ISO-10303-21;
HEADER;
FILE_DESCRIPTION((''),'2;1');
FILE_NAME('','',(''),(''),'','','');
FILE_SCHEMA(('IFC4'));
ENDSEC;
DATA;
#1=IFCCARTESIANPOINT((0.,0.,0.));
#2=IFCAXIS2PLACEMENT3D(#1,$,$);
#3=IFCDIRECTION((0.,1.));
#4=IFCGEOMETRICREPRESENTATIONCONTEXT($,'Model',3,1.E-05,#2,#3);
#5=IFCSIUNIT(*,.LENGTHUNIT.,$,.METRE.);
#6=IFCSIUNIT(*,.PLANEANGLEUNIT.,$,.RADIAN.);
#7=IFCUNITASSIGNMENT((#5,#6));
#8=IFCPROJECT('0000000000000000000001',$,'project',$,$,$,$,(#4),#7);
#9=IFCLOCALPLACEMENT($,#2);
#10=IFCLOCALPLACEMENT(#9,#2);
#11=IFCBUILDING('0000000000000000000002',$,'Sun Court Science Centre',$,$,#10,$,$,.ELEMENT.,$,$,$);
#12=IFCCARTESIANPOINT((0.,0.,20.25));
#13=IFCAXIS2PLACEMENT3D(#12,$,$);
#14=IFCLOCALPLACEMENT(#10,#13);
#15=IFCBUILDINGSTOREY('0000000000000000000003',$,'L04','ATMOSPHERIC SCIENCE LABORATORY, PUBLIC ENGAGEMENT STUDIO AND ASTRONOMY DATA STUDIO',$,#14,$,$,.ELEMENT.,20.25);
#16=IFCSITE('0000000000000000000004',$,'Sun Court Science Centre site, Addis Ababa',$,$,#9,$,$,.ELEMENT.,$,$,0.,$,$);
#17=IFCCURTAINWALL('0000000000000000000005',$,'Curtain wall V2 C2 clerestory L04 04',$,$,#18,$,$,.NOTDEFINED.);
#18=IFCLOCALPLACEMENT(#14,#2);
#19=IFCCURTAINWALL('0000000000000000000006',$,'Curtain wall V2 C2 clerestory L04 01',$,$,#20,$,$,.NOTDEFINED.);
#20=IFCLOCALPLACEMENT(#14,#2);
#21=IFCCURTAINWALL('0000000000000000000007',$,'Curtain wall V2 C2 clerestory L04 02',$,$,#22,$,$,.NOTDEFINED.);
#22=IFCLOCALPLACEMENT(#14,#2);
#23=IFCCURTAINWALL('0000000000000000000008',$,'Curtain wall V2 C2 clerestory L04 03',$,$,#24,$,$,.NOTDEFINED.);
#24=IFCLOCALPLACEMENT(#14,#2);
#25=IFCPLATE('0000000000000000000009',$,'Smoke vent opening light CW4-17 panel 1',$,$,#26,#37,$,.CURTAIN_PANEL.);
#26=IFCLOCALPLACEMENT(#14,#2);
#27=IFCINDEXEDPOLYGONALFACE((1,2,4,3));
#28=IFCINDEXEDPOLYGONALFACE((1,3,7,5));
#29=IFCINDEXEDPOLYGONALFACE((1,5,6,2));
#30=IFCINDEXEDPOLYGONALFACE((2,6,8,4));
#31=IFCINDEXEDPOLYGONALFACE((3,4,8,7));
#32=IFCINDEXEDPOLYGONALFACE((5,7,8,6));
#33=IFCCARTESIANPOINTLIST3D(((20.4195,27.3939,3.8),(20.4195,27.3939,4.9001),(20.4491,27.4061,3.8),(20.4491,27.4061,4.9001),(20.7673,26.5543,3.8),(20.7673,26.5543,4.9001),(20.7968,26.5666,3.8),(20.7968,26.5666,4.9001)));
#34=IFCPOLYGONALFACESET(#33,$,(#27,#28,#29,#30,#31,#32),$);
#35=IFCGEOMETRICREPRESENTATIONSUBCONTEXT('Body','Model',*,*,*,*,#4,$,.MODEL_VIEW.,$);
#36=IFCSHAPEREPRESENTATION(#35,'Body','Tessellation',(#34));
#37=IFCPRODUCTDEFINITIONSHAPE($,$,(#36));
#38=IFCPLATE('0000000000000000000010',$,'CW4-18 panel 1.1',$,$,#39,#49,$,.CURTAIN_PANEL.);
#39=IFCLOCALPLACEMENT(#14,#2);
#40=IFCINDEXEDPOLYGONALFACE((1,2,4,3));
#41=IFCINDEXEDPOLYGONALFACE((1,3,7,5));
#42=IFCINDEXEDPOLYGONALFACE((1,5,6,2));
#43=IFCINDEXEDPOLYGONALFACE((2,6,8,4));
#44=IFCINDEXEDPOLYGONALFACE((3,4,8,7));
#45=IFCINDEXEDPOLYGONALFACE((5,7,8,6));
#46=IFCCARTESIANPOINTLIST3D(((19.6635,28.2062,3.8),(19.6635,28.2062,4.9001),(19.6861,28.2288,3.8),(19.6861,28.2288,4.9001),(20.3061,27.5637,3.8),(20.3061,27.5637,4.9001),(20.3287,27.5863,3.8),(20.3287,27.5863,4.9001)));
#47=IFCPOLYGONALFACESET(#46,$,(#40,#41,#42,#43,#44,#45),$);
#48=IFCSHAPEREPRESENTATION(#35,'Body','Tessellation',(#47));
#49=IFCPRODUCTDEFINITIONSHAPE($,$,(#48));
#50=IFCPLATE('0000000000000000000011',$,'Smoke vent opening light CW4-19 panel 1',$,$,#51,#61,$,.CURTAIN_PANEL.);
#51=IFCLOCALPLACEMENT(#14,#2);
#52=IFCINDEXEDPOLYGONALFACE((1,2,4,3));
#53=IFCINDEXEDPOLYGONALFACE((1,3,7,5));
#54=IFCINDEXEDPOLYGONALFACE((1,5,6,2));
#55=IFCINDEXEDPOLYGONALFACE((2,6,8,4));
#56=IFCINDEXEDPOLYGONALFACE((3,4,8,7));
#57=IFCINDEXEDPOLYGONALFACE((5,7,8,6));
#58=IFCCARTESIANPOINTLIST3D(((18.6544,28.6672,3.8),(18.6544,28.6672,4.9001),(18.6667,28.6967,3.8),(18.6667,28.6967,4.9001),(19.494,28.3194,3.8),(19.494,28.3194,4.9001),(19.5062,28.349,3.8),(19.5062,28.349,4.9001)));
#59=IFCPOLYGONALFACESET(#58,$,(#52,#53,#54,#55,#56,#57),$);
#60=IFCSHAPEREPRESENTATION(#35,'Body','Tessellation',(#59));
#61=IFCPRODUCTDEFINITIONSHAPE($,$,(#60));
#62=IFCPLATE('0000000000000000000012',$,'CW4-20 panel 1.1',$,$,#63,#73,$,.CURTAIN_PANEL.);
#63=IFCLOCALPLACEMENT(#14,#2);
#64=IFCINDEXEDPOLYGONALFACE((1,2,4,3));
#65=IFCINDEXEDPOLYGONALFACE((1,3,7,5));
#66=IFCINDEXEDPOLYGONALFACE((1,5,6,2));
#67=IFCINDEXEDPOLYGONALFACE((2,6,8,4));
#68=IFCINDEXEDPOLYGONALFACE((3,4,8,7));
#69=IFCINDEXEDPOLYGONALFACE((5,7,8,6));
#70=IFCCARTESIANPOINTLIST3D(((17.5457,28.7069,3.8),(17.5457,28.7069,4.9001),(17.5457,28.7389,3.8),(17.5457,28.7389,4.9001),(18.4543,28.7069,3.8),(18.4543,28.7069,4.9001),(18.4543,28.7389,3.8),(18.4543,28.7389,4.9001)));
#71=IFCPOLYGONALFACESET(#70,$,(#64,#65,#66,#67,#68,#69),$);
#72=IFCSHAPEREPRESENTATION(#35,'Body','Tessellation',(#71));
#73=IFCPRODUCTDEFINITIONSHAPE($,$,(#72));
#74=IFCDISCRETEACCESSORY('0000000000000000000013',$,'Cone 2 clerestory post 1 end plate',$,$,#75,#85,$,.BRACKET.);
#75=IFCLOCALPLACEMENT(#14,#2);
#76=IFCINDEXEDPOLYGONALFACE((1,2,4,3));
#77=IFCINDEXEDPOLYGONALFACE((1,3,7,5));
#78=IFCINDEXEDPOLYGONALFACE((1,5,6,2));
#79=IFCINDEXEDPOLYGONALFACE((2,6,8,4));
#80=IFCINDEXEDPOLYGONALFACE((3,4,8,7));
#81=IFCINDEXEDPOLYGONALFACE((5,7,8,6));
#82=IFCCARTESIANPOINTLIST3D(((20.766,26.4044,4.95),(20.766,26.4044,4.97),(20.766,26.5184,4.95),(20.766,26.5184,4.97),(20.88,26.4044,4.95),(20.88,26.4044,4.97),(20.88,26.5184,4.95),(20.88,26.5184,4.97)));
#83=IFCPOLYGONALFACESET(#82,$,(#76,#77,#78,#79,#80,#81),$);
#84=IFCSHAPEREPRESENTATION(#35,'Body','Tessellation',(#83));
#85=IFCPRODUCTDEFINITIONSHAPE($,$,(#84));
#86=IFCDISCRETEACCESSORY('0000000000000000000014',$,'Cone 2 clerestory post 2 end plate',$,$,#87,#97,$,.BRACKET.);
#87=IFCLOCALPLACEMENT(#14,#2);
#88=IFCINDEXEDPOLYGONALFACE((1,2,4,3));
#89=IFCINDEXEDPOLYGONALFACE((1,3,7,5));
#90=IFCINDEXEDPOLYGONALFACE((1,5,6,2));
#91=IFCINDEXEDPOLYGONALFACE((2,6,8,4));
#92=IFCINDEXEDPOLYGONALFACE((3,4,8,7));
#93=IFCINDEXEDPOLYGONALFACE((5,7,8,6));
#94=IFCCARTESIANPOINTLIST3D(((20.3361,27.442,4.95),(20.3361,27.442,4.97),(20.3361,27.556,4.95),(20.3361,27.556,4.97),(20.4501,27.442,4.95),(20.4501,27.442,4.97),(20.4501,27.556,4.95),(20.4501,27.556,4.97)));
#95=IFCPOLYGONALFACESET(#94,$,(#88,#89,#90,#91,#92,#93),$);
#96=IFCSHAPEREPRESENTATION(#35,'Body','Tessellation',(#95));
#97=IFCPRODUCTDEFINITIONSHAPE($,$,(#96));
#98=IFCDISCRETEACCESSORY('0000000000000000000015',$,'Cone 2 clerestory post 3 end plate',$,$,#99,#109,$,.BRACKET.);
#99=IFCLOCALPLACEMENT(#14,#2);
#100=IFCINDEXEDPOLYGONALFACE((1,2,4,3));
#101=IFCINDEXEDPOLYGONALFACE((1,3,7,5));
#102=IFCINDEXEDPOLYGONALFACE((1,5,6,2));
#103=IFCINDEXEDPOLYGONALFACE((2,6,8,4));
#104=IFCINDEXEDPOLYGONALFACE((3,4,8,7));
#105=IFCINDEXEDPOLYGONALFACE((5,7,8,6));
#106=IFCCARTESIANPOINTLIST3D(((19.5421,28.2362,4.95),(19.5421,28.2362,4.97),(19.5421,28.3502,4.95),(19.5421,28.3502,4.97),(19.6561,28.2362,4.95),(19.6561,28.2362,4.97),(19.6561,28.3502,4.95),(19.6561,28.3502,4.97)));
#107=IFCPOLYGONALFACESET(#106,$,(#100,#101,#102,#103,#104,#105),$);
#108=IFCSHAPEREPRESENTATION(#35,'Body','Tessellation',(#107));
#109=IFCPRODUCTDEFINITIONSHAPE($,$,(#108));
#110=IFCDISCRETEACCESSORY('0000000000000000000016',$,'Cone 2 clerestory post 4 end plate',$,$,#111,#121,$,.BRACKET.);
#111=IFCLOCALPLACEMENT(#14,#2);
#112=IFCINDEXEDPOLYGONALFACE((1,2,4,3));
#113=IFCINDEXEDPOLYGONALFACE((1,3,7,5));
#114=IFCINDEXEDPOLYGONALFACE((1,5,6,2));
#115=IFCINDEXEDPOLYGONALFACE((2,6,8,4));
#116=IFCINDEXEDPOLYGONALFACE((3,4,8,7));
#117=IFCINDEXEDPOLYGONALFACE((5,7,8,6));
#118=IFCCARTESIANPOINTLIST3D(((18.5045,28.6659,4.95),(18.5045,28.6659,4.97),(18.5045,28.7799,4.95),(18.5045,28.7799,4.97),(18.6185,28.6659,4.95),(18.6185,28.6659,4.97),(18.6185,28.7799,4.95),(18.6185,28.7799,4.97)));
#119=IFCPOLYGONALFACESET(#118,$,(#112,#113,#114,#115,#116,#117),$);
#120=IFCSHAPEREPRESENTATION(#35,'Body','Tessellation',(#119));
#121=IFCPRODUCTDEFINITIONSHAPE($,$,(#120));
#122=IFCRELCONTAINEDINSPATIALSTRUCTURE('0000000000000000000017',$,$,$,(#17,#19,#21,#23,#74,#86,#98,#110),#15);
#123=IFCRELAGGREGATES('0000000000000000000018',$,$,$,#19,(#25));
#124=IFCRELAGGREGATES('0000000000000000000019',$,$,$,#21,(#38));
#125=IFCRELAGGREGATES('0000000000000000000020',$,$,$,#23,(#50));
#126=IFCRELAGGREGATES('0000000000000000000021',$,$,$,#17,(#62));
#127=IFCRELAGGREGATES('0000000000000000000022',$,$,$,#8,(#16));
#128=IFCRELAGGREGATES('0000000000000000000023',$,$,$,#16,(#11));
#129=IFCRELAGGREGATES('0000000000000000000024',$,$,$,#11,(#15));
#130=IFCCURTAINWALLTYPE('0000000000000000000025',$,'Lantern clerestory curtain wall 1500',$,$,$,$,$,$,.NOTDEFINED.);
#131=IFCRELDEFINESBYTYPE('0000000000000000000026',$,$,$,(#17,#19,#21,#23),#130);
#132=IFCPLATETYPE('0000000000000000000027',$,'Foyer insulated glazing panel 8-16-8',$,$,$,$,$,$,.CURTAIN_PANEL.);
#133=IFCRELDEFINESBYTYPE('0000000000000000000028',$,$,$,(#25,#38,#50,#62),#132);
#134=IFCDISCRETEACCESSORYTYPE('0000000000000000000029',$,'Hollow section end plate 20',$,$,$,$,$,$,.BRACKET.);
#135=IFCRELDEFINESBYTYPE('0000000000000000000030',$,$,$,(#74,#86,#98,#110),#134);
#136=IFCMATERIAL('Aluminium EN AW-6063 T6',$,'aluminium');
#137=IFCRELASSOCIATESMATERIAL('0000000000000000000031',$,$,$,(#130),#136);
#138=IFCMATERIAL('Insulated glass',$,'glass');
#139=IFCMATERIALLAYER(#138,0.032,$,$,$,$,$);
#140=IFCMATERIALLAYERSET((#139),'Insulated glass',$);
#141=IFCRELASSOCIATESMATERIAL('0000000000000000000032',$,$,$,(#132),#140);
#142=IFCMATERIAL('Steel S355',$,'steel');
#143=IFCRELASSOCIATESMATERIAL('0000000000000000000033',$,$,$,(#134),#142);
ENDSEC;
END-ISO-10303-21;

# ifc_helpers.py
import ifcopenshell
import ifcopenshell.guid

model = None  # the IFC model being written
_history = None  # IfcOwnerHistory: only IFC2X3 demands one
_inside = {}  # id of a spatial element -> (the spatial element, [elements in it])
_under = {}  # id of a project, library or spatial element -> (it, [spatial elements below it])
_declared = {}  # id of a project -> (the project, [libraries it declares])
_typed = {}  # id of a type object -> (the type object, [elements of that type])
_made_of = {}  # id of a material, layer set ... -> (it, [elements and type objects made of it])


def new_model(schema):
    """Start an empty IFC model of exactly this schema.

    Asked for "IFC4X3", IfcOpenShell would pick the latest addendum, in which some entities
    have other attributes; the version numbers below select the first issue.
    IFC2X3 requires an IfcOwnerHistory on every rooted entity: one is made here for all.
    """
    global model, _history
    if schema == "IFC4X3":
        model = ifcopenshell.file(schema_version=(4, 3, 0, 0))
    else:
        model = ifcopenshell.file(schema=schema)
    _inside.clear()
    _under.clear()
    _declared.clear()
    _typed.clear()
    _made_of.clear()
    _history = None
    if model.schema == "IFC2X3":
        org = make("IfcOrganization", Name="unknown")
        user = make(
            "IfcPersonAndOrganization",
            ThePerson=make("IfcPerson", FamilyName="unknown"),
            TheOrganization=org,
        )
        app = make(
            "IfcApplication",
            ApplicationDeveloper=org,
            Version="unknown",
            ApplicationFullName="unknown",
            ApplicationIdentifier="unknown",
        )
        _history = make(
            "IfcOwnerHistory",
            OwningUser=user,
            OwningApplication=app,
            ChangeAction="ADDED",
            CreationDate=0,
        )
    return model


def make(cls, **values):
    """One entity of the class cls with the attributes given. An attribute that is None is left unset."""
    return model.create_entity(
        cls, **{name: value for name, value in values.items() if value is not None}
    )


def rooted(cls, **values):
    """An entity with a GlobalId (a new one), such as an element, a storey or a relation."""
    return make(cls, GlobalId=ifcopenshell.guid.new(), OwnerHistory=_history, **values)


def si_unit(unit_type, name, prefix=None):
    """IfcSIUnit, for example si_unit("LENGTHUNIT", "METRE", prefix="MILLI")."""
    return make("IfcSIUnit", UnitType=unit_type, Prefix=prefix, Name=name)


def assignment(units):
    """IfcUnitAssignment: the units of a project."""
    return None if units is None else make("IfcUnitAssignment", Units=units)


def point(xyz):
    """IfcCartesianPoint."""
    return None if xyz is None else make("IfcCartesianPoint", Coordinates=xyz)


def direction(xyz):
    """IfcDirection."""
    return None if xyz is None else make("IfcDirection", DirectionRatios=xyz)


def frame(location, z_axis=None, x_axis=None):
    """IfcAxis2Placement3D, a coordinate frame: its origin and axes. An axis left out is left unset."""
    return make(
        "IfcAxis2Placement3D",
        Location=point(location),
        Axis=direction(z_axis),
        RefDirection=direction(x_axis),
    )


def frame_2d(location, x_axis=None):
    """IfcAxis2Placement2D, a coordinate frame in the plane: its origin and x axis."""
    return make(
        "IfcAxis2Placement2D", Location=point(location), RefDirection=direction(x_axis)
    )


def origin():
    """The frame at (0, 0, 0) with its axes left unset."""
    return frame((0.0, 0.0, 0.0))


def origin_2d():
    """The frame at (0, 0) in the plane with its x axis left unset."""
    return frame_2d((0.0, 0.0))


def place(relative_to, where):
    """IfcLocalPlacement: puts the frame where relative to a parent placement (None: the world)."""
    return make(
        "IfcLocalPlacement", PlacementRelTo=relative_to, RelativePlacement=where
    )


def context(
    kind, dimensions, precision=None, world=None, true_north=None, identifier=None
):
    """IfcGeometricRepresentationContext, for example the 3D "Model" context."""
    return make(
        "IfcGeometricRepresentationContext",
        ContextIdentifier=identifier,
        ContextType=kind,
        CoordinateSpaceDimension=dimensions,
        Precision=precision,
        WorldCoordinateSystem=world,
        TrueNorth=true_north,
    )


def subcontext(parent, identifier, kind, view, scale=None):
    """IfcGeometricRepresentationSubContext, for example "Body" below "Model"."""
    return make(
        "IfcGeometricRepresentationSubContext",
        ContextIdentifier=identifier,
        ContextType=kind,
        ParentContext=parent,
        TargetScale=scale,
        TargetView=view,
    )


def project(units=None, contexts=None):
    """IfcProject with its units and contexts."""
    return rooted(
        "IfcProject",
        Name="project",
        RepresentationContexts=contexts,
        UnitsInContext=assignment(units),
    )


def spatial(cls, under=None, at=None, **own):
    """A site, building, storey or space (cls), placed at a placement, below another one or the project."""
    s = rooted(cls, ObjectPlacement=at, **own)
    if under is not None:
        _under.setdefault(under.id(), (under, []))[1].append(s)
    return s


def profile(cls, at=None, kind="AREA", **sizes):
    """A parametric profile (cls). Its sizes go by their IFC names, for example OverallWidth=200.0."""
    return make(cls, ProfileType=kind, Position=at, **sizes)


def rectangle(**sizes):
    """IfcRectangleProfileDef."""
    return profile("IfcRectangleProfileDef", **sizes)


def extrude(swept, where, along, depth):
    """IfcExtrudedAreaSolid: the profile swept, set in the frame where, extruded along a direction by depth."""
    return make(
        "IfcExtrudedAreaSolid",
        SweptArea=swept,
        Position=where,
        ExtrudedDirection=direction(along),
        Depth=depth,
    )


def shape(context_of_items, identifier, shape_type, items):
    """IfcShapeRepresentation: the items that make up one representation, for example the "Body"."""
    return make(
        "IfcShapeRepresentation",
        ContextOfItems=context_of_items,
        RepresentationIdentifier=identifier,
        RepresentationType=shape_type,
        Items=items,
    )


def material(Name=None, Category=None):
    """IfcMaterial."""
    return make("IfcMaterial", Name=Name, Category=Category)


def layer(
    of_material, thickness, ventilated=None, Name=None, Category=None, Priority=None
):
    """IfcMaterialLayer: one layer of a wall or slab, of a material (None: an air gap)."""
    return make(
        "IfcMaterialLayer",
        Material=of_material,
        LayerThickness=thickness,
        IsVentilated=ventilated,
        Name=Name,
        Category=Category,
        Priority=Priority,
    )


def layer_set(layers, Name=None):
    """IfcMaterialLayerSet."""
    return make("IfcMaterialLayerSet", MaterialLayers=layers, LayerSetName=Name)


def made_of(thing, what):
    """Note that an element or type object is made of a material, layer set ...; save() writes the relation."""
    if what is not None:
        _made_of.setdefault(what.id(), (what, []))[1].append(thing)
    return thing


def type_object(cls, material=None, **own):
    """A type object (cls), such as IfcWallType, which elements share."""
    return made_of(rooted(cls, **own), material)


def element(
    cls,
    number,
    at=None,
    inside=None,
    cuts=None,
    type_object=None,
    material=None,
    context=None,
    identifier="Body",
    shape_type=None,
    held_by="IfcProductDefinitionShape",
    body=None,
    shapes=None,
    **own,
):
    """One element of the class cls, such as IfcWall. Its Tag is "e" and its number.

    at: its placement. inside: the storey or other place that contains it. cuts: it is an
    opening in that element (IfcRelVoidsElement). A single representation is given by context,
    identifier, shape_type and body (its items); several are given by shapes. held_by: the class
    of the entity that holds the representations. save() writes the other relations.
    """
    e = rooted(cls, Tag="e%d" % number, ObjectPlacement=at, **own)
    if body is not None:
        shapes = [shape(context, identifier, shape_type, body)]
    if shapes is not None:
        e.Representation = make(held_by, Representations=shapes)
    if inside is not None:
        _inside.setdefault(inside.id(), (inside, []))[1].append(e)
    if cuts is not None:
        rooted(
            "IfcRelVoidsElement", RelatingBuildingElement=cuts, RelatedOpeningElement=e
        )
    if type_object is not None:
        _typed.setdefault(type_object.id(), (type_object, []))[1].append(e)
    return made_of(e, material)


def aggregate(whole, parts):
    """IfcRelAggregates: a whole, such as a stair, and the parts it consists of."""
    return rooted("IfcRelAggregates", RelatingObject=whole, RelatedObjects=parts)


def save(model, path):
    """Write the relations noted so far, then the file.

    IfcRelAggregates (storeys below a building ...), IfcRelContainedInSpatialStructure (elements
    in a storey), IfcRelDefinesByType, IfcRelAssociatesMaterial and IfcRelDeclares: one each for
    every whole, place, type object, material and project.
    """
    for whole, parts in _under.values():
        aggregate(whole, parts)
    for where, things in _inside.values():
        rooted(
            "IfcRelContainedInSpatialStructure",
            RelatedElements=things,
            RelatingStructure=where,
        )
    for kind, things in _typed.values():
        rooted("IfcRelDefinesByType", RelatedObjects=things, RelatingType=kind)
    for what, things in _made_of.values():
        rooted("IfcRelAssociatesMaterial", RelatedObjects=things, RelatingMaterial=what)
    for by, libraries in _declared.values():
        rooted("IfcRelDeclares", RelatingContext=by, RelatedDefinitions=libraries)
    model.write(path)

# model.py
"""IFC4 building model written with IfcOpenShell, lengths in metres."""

from ifc_helpers import new_model, si_unit, direction, frame, origin, origin_2d, place, context, subcontext, project, spatial, rectangle, extrude, material, layer, layer_set, type_object, element, aggregate, save


model = new_model("IFC4")

# Units and contexts
model_context = context("Model", 3, precision=1e-05, world=origin(), true_north=direction((0.0, 1.0)))
body_context = subcontext(model_context, "Body", "Model", "MODEL_VIEW")
ifc_project = project(units=[si_unit("LENGTHUNIT", "METRE"), si_unit("PLANEANGLEUNIT", "RADIAN")], contexts=[model_context])

# Site, building, storey
site_placement = place(None, origin())
site = spatial("IfcSite", under=ifc_project, at=site_placement, Name="Sun Court Science Centre site, Addis Ababa", CompositionType="ELEMENT", RefElevation=0.0)
building_placement = place(site_placement, origin())
building = spatial("IfcBuilding", under=site, at=building_placement, Name="Sun Court Science Centre", CompositionType="ELEMENT")
storey_placement = place(building_placement, frame((0.0, 0.0, 20.25)))
storey = spatial("IfcBuildingStorey", under=building, at=storey_placement, Name="L04", Description="ATMOSPHERIC SCIENCE LABORATORY, PUBLIC ENGAGEMENT STUDIO AND ASTRONOMY DATA STUDIO", CompositionType="ELEMENT", Elevation=20.25)

# Curtain wall
ifc_material_1 = material(Name="Aluminium EN AW-6063 T6", Category="aluminium")
curtain_wall_type = type_object("IfcCurtainWallType", Name="Lantern clerestory curtain wall 1500", PredefinedType="NOTDEFINED", material=ifc_material_1)
curtain_wall_1_placement = place(storey_placement, origin())
curtain_wall_1 = element("IfcCurtainWall", 1, at=curtain_wall_1_placement, inside=storey, type_object=curtain_wall_type, Name="Curtain wall V2 C2 clerestory L04 04", PredefinedType="NOTDEFINED")

# Curtain walls
curtain_wall_2_placement = place(storey_placement, origin())
curtain_wall_2 = element("IfcCurtainWall", 2, at=curtain_wall_2_placement, inside=storey, type_object=curtain_wall_type, Name="Curtain wall V2 C2 clerestory L04 01", PredefinedType="NOTDEFINED")
curtain_wall_3_placement = place(storey_placement, origin())
curtain_wall_3 = element("IfcCurtainWall", 3, at=curtain_wall_3_placement, inside=storey, type_object=curtain_wall_type, Name="Curtain wall V2 C2 clerestory L04 02", PredefinedType="NOTDEFINED")
curtain_wall_4_placement = place(storey_placement, origin())
curtain_wall_4 = element("IfcCurtainWall", 4, at=curtain_wall_4_placement, inside=storey, type_object=curtain_wall_type, Name="Curtain wall V2 C2 clerestory L04 03", PredefinedType="NOTDEFINED")

# Plates
ifc_material_2 = material(Name="Insulated glass", Category="glass")
ifc_layer = layer(ifc_material_2, 0.032)
ifc_layer_set = layer_set([ifc_layer], Name="Insulated glass")
plate_type = type_object("IfcPlateType", Name="Foyer insulated glazing panel 8-16-8", PredefinedType="CURTAIN_PANEL", material=ifc_layer_set)
plate_1_placement = place(storey_placement, frame((20.6082, 26.9802, 3.8), z_axis=(0.0, 0.0, 1.0), x_axis=(0.382683, -0.92388, 0.0)))
plate_1 = element("IfcPlate", 5, at=plate_1_placement, type_object=plate_type, Name="Smoke vent opening light CW4-17 panel 1", PredefinedType="CURTAIN_PANEL", context=body_context, shape_type="SweptSolid", body=[
    extrude(rectangle(XDim=0.9087, YDim=0.032, at=origin_2d()), origin(), (0.0, 0.0, 1.0), 1.1001),
])
aggregate(curtain_wall_2, [plate_1])
plate_2_placement = place(storey_placement, frame((19.9961, 27.8962, 3.8), z_axis=(0.0, 0.0, 1.0), x_axis=(0.707107, -0.707107, 0.0)))
plate_2 = element("IfcPlate", 6, at=plate_2_placement, type_object=plate_type, Name="CW4-18 panel 1.1", PredefinedType="CURTAIN_PANEL", context=body_context, shape_type="SweptSolid", body=[
    extrude(rectangle(XDim=0.9087, YDim=0.032, at=origin_2d()), origin(), (0.0, 0.0, 1.0), 1.1001),
])
aggregate(curtain_wall_3, [plate_2])
plate_3_placement = place(storey_placement, frame((19.0803, 28.5081, 3.8), z_axis=(0.0, 0.0, 1.0), x_axis=(0.92388, -0.382683, 0.0)))
plate_3 = element("IfcPlate", 7, at=plate_3_placement, type_object=plate_type, Name="Smoke vent opening light CW4-19 panel 1", PredefinedType="CURTAIN_PANEL", context=body_context, shape_type="SweptSolid", body=[
    extrude(rectangle(XDim=0.9087, YDim=0.032, at=origin_2d()), origin(), (0.0, 0.0, 1.0), 1.1001),
])
aggregate(curtain_wall_4, [plate_3])
plate_4_placement = place(storey_placement, frame((18.0, 28.7229, 3.8), z_axis=(0.0, 0.0, 1.0), x_axis=(1.0, 0.0, 0.0)))
plate_4 = element("IfcPlate", 8, at=plate_4_placement, type_object=plate_type, Name="CW4-20 panel 1.1", PredefinedType="CURTAIN_PANEL", context=body_context, shape_type="SweptSolid", body=[
    extrude(rectangle(XDim=0.9087, YDim=0.032, at=origin_2d()), origin(), (0.0, 0.0, 1.0), 1.1001),
])
aggregate(curtain_wall_1, [plate_4])

# Discrete accessories
ifc_material_3 = material(Name="Steel S355", Category="steel")
discrete_accessory_type = type_object("IfcDiscreteAccessoryType", Name="Hollow section end plate 20", PredefinedType="BRACKET", material=ifc_material_3)
for number, where, z_axis, x_axis, name in (
    (9, (20.823, 26.4614, 4.95), (0.0, 0.0, 1.0), (1.0, 0.0, 0.0), "Cone 2 clerestory post 1 end plate"),
    (10, (20.3931, 27.499, 4.95), (0.0, 0.0, 1.0), (1.0, 0.0, 0.0), "Cone 2 clerestory post 2 end plate"),
    (11, (19.5991, 28.2932, 4.95), (0.0, 0.0, 1.0), (1.0, 0.0, 0.0), "Cone 2 clerestory post 3 end plate"),
    (12, (18.5615, 28.7229, 4.95), (0.0, 0.0, 1.0), (1.0, 0.0, 0.0), "Cone 2 clerestory post 4 end plate"),
):
    element("IfcDiscreteAccessory", number, at=place(storey_placement, frame(where, z_axis=z_axis, x_axis=x_axis)), inside=storey, type_object=discrete_accessory_type, Name=name, PredefinedType="BRACKET", context=body_context, shape_type="SweptSolid", body=[
        extrude(rectangle(XDim=0.114, YDim=0.114, at=origin_2d()), origin(), (0.0, 0.0, 1.0), 0.02),
    ])

save(model, "model.ifc")
